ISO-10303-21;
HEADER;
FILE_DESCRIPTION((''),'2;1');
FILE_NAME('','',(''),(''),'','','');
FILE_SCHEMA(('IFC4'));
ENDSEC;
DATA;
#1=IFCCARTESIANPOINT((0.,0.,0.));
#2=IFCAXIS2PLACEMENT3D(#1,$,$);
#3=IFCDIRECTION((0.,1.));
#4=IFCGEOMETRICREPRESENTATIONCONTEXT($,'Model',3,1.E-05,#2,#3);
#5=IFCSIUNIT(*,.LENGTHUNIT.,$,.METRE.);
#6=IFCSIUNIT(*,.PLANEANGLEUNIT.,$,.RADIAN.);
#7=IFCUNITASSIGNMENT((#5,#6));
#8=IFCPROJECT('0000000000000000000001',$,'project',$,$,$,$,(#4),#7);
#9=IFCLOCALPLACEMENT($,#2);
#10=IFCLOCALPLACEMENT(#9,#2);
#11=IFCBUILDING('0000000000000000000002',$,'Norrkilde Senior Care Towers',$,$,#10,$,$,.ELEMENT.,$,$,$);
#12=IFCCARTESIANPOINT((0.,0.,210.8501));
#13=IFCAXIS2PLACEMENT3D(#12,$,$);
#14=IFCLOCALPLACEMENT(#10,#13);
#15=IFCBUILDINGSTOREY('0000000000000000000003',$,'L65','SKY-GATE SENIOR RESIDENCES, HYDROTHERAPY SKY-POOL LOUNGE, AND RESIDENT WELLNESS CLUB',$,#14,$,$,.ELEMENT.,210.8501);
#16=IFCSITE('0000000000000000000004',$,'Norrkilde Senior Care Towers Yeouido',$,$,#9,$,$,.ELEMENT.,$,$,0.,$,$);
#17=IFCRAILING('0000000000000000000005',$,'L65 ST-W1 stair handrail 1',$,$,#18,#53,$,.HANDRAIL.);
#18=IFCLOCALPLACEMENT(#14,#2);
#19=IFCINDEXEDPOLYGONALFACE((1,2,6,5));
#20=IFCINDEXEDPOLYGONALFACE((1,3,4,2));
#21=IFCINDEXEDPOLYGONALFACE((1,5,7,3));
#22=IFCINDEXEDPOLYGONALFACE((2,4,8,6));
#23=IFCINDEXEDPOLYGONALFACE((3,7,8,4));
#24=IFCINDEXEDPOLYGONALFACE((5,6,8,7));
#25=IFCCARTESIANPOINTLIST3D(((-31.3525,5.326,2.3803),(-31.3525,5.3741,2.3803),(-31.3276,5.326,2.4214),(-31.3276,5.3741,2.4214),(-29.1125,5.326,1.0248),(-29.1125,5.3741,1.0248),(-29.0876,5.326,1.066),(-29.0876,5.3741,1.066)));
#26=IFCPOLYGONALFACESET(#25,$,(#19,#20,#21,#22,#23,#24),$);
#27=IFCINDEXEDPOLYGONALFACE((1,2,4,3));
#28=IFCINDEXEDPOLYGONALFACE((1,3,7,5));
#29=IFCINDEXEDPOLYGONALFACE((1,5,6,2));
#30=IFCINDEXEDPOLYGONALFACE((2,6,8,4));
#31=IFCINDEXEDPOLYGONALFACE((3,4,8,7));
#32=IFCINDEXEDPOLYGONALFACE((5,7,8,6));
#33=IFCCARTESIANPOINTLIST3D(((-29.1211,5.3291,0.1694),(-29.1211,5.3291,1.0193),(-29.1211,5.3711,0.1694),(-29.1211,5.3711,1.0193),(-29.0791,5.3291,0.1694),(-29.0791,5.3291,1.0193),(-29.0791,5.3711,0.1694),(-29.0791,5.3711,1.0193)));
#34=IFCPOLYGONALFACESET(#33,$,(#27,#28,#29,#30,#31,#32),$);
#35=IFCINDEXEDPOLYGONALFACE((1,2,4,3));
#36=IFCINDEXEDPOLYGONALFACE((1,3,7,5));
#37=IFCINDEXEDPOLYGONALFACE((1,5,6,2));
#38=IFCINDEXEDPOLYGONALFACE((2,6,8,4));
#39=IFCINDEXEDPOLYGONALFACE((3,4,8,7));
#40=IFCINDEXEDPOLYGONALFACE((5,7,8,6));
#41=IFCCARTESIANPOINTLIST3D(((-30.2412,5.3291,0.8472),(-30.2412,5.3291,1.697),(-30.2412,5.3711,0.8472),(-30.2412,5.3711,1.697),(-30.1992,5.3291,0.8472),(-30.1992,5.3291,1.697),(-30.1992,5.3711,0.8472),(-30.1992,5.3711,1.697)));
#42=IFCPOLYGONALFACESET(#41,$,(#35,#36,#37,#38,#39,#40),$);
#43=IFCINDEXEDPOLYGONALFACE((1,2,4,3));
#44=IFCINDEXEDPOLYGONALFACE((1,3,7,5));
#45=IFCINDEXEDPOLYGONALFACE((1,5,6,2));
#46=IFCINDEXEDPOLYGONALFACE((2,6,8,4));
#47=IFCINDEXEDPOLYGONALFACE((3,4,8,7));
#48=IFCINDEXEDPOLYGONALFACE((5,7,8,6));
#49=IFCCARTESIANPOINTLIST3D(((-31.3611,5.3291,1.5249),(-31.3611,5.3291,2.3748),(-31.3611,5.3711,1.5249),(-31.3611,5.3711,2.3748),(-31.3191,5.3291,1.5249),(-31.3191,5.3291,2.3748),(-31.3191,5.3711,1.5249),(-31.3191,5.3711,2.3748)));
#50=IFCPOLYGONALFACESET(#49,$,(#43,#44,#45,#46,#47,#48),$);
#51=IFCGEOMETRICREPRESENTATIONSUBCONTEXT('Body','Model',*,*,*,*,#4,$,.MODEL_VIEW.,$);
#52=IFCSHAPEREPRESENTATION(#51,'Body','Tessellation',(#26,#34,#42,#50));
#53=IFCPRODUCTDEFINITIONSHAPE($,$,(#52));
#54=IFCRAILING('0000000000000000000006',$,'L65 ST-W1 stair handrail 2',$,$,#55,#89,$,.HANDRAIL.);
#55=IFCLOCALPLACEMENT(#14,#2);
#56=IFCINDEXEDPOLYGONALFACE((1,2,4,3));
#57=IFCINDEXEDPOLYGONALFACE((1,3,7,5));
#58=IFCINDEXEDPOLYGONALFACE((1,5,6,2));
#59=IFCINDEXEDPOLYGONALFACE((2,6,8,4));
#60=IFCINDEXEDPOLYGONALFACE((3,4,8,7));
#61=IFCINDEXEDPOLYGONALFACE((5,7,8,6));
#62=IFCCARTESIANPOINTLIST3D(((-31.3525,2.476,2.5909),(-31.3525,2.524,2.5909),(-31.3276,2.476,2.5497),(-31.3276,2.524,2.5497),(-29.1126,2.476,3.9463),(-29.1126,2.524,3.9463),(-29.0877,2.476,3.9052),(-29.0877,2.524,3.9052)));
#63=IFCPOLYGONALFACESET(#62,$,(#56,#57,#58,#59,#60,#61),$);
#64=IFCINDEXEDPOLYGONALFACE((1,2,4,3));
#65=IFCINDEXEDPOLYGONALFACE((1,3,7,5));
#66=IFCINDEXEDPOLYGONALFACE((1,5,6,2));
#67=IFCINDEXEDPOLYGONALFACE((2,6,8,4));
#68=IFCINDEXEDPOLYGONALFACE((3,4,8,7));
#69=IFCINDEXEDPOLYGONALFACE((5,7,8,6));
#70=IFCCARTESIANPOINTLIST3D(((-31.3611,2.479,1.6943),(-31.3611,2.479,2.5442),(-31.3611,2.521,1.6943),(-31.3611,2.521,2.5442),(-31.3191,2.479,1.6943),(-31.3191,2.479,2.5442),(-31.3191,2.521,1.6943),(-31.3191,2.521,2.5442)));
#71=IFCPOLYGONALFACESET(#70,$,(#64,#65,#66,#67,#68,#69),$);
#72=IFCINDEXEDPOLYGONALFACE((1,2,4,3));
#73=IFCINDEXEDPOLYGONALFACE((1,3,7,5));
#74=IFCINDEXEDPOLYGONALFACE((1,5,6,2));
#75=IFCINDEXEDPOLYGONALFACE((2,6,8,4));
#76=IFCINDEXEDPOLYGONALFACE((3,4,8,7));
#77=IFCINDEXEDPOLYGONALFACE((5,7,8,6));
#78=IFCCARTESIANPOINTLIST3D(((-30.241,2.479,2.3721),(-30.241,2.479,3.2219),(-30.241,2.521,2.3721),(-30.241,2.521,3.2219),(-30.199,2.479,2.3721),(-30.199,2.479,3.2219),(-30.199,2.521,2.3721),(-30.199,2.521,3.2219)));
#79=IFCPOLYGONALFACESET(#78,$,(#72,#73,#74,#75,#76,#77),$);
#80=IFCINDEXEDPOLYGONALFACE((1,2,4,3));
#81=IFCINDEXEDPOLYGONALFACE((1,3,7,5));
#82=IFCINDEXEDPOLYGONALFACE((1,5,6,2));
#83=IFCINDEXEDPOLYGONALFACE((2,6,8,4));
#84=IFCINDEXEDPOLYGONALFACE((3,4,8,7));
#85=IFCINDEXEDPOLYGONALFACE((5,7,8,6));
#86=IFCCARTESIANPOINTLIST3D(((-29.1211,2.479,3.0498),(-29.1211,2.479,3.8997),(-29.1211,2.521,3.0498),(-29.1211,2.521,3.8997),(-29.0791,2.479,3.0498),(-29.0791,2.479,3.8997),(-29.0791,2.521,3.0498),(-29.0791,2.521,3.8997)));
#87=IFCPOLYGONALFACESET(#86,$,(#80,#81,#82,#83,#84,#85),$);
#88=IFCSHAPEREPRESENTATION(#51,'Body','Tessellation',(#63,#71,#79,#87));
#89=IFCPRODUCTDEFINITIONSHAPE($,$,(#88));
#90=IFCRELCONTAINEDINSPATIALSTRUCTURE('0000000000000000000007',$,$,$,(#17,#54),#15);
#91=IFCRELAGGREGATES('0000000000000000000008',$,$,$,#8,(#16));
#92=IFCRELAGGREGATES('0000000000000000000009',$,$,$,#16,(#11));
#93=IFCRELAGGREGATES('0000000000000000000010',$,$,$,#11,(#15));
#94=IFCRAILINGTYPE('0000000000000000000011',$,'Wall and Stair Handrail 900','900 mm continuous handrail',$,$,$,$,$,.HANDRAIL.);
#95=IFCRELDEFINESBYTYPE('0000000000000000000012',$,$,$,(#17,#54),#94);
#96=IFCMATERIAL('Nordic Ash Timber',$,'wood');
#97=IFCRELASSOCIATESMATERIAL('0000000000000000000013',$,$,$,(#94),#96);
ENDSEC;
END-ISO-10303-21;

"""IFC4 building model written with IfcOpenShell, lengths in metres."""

from ifc_helpers import new_model, si_unit, direction, frame, origin, origin_2d, place, context, subcontext, project, spatial, rectangle, extrude, material, type_object, element, save


model = new_model("IFC4")

# Units and contexts
model_context = context("Model", 3, precision=1e-05, world=origin(), true_north=direction((0.0, 1.0)))
body_context = subcontext(model_context, "Body", "Model", "MODEL_VIEW")
ifc_project = project(units=[si_unit("LENGTHUNIT", "METRE"), si_unit("PLANEANGLEUNIT", "RADIAN")], contexts=[model_context])

# Site, building, storey
site_placement = place(None, origin())
site = spatial("IfcSite", under=ifc_project, at=site_placement, Name="Norrkilde Senior Care Towers Yeouido", CompositionType="ELEMENT", RefElevation=0.0)
building_placement = place(site_placement, origin())
building = spatial("IfcBuilding", under=site, at=building_placement, Name="Norrkilde Senior Care Towers", CompositionType="ELEMENT")
storey_placement = place(building_placement, frame((0.0, 0.0, 210.8501)))
storey = spatial("IfcBuildingStorey", under=building, at=storey_placement, Name="L65", Description="SKY-GATE SENIOR RESIDENCES, HYDROTHERAPY SKY-POOL LOUNGE, AND RESIDENT WELLNESS CLUB", CompositionType="ELEMENT", Elevation=210.8501)

# Railings
ifc_material_1 = material(Name="Nordic Ash Timber", Category="wood")
railing_type_1 = type_object("IfcRailingType", Name="Wall and Stair Handrail 900", Description="900 mm continuous handrail", PredefinedType="HANDRAIL", material=ifc_material_1)
railing_1_placement = place(storey_placement, frame((-29.1001, 5.3501, 0.1694)))
element("IfcRailing", 1, at=railing_1_placement, inside=storey, type_object=railing_type_1, Name="L65 ST-W1 stair handrail 1", PredefinedType="HANDRAIL", context=body_context, shape_type="SweptSolid", body=[
    extrude(rectangle(XDim=0.0481, YDim=0.0481, at=origin_2d()), frame((0.0, 0.0, 0.876), z_axis=(-0.855553, 0.0, 0.517715), x_axis=(0.0, -1.0, 0.0)), (0.0, 0.0, 1.0), 2.6182),
    extrude(rectangle(XDim=0.042, YDim=0.042, at=origin_2d()), origin(), (0.0, 0.0, 1.0), 0.8499),
    extrude(rectangle(XDim=0.042, YDim=0.042, at=origin_2d()), frame((-1.1201, 0.0, 0.6777)), (0.0, 0.0, 1.0), 0.8499),
    extrude(rectangle(XDim=0.042, YDim=0.042, at=origin_2d()), frame((-2.24, 0.0, 1.3555)), (0.0, 0.0, 1.0), 0.8499),
])
railing_2_placement = place(storey_placement, frame((-31.3401, 2.5, 1.6943)))
element("IfcRailing", 2, at=railing_2_placement, inside=storey, type_object=railing_type_1, Name="L65 ST-W1 stair handrail 2", PredefinedType="HANDRAIL", context=body_context, shape_type="SweptSolid", body=[
    extrude(rectangle(XDim=0.0481, YDim=0.0481, at=origin_2d()), frame((0.0, 0.0, 0.876), z_axis=(0.855553, 0.0, 0.517715), x_axis=(0.0, 1.0, 0.0)), (0.0, 0.0, 1.0), 2.6182),
    extrude(rectangle(XDim=0.042, YDim=0.042, at=origin_2d()), origin(), (0.0, 0.0, 1.0), 0.8499),
    extrude(rectangle(XDim=0.042, YDim=0.042, at=origin_2d()), frame((1.1201, 0.0, 0.6777)), (0.0, 0.0, 1.0), 0.8499),
    extrude(rectangle(XDim=0.042, YDim=0.042, at=origin_2d()), frame((2.24, 0.0, 1.3555)), (0.0, 0.0, 1.0), 0.8499),
])

save(model, "model.ifc")
